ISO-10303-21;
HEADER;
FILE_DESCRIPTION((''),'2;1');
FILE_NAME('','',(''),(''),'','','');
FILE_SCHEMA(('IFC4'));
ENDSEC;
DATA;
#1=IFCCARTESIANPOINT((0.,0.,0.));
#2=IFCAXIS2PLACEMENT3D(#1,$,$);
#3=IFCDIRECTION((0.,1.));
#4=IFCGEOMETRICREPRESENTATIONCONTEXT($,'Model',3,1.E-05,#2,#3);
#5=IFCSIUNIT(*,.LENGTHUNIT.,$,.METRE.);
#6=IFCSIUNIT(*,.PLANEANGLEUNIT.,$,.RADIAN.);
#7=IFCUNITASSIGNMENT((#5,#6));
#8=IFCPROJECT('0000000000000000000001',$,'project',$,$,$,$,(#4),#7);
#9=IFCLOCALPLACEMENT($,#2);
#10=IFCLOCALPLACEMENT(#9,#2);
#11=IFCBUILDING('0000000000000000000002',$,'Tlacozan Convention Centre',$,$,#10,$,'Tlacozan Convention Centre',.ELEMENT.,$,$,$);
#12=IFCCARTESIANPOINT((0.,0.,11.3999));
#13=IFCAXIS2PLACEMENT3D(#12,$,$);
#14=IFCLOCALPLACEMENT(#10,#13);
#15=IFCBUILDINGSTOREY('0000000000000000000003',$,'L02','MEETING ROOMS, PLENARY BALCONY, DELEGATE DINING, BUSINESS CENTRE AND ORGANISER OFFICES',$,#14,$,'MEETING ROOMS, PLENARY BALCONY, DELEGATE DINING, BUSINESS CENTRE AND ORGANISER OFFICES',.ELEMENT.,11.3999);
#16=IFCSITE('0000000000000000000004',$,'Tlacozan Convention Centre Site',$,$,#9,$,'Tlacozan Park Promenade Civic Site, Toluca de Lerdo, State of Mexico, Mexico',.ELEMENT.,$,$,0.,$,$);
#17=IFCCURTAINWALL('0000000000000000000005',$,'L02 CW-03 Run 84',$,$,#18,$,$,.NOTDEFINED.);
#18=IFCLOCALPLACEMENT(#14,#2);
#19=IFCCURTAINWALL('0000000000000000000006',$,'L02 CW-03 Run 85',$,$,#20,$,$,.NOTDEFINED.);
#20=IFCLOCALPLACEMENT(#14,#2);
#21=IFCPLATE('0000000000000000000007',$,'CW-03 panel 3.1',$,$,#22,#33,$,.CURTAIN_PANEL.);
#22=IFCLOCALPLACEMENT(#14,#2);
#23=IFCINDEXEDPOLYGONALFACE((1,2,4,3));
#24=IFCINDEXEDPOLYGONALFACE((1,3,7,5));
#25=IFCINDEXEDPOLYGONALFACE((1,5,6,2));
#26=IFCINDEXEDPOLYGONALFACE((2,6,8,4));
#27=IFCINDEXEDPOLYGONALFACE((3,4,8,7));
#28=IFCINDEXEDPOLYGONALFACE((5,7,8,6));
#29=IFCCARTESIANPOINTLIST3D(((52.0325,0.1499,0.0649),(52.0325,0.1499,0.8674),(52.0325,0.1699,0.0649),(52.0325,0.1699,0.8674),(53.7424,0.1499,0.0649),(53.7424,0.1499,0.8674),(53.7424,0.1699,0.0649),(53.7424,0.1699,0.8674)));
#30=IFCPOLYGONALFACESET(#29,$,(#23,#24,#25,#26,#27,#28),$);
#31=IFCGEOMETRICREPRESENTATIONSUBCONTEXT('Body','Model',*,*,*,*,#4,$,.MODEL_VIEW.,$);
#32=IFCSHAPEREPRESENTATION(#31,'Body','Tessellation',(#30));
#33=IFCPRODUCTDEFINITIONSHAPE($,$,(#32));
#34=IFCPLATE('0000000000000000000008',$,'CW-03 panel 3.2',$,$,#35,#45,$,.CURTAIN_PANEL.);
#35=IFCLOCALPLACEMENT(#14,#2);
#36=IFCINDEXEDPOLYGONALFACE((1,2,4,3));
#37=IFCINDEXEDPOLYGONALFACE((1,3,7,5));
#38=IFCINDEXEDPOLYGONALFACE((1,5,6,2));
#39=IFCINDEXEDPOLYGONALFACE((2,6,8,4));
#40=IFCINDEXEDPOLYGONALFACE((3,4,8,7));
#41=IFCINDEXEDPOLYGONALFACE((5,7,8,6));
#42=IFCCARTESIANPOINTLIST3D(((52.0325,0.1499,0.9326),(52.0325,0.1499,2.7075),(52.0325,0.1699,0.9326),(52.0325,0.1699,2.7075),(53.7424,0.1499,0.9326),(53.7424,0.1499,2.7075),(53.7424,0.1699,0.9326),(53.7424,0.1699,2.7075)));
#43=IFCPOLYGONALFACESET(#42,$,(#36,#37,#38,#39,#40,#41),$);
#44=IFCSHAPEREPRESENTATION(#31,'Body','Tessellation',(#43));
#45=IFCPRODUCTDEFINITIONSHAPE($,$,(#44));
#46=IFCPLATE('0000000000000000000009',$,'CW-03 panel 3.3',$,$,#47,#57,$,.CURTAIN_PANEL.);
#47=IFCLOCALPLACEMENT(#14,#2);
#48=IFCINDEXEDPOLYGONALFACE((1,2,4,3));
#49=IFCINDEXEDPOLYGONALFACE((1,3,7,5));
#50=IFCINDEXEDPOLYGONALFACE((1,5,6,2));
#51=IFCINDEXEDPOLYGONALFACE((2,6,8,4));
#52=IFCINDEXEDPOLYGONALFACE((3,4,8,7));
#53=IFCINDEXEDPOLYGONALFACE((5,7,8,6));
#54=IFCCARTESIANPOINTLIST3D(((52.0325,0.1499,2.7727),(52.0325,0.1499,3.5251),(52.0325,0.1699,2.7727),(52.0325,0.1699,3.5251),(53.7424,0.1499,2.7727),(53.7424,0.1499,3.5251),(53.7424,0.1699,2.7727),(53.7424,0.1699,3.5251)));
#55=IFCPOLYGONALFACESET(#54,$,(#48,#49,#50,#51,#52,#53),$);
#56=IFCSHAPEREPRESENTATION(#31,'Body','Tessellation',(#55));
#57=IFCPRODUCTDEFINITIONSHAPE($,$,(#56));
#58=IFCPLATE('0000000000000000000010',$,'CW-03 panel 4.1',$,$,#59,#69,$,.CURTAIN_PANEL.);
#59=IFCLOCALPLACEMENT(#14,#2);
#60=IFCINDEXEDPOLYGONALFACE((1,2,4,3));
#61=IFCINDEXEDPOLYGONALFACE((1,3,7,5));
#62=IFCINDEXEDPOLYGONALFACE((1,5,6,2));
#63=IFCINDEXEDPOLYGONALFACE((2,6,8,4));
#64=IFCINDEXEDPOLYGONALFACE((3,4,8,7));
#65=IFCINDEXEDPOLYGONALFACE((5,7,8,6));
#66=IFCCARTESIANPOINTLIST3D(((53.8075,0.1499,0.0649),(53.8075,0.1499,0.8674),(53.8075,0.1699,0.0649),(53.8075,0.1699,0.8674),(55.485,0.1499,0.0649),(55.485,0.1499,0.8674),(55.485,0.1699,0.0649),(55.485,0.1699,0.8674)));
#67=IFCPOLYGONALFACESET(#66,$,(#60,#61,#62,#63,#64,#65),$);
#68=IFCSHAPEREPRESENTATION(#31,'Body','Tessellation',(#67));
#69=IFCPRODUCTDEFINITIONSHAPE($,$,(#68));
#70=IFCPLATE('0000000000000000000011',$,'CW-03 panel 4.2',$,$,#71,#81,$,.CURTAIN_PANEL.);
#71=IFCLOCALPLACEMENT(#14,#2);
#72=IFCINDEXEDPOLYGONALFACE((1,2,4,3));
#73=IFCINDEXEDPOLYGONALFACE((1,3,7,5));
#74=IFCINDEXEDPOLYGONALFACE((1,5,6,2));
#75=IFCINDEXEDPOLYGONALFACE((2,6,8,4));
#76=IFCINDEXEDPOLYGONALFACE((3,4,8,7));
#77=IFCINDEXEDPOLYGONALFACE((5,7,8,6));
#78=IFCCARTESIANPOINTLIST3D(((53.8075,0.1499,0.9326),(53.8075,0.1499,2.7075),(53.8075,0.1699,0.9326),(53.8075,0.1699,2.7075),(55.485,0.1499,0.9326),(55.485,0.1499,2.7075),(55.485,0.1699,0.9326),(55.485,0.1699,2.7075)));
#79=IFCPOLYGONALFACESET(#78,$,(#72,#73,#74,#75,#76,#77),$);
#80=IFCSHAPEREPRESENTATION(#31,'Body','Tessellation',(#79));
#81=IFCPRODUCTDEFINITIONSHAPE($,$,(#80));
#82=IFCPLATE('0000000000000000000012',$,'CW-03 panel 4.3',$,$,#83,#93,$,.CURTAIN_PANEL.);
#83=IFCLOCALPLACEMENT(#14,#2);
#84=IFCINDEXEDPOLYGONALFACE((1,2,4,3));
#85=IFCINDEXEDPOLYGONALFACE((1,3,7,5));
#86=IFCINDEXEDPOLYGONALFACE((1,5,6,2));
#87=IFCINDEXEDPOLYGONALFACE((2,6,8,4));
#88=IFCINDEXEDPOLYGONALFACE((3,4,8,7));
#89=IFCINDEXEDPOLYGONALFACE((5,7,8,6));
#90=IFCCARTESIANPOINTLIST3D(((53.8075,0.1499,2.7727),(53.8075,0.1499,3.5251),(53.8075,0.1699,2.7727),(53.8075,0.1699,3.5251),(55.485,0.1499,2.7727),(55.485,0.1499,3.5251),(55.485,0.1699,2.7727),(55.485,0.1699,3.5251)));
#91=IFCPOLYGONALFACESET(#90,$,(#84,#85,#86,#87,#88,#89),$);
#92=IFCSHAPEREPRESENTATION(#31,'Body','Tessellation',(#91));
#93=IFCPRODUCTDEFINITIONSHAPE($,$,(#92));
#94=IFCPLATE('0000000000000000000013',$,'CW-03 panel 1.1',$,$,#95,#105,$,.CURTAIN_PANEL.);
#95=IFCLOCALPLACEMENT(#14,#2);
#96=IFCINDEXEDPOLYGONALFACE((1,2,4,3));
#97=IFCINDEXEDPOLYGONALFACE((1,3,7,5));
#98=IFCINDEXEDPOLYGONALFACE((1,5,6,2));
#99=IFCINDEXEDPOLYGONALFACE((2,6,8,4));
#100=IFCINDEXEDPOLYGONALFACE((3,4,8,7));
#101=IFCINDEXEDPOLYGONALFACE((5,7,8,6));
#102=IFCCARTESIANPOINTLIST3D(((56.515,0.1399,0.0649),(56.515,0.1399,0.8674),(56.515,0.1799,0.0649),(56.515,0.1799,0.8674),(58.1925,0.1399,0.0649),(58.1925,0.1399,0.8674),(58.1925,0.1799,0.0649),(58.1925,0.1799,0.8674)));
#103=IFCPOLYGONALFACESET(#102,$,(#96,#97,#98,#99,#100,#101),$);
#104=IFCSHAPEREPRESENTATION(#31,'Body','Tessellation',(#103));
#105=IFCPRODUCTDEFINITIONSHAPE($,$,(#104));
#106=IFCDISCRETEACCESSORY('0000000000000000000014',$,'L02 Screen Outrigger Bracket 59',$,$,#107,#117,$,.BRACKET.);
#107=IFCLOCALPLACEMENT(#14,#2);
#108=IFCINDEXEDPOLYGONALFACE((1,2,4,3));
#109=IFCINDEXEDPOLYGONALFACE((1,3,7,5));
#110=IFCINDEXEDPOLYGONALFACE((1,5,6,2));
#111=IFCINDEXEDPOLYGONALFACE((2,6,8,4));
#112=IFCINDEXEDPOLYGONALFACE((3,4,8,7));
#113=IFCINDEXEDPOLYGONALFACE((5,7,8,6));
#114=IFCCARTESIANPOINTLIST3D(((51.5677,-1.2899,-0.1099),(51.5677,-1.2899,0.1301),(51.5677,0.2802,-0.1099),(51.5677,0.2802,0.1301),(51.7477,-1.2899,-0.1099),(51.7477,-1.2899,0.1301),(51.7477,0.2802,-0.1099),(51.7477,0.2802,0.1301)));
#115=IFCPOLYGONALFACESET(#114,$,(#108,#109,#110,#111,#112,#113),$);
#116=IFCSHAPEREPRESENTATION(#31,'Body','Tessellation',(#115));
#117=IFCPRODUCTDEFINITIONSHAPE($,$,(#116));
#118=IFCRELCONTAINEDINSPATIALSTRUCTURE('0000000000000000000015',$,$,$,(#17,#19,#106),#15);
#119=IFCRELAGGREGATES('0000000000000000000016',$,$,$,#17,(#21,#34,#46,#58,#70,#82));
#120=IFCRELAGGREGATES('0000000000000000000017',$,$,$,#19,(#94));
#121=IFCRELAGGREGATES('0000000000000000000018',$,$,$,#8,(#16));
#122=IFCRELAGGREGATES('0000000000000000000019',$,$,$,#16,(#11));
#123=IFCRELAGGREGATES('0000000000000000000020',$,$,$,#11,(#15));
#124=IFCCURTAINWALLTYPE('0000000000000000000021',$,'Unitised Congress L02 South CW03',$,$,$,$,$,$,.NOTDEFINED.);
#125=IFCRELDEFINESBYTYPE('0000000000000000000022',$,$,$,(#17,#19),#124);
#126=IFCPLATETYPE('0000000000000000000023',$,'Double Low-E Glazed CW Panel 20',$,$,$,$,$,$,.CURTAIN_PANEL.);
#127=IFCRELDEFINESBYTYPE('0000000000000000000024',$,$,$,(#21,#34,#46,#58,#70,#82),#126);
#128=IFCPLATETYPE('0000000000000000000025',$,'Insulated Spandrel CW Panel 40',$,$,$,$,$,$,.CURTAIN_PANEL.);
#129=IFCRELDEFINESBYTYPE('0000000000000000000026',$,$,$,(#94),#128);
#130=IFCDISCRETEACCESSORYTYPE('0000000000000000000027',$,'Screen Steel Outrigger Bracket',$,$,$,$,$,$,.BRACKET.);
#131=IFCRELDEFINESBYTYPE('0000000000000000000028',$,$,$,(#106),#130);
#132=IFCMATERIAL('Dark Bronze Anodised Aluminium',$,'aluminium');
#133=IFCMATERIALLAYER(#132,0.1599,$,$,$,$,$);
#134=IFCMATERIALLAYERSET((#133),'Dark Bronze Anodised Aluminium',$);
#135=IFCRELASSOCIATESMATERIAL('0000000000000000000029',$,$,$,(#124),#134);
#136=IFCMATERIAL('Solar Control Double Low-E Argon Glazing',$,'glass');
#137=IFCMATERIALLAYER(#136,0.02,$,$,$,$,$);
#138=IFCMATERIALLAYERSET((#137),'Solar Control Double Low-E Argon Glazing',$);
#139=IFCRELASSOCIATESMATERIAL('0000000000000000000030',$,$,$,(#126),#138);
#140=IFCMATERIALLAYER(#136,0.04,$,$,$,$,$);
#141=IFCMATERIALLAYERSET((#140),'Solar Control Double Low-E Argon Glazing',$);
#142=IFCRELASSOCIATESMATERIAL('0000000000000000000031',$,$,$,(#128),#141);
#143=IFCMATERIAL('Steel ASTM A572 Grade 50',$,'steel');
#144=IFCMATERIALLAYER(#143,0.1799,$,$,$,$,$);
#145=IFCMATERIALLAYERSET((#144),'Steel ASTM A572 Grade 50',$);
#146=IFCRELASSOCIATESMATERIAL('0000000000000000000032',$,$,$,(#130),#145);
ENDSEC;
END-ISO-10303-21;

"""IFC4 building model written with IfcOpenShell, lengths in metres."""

from ifc_helpers import new_model, si_unit, direction, frame, origin, origin_2d, place, context, subcontext, project, spatial, rectangle, extrude, material, layer, layer_set, type_object, element, aggregate, save


model = new_model("IFC4")

# Units and contexts
model_context = context("Model", 3, precision=1e-05, world=origin(), true_north=direction((0.0, 1.0)))
body_context = subcontext(model_context, "Body", "Model", "MODEL_VIEW")
ifc_project = project(units=[si_unit("LENGTHUNIT", "METRE"), si_unit("PLANEANGLEUNIT", "RADIAN")], contexts=[model_context])

# Site, building, storey
site_placement = place(None, origin())
site = spatial("IfcSite", under=ifc_project, at=site_placement, Name="Tlacozan Convention Centre Site", LongName="Tlacozan Park Promenade Civic Site, Toluca de Lerdo, State of Mexico, Mexico", CompositionType="ELEMENT", RefElevation=0.0)
building_placement = place(site_placement, origin())
building = spatial("IfcBuilding", under=site, at=building_placement, Name="Tlacozan Convention Centre", LongName="Tlacozan Convention Centre", CompositionType="ELEMENT")
storey_placement = place(building_placement, frame((0.0, 0.0, 11.3999)))
storey = spatial("IfcBuildingStorey", under=building, at=storey_placement, Name="L02", Description="MEETING ROOMS, PLENARY BALCONY, DELEGATE DINING, BUSINESS CENTRE AND ORGANISER OFFICES", LongName="MEETING ROOMS, PLENARY BALCONY, DELEGATE DINING, BUSINESS CENTRE AND ORGANISER OFFICES", CompositionType="ELEMENT", Elevation=11.3999)

# Curtain wall
ifc_material_1 = material(Name="Dark Bronze Anodised Aluminium", Category="aluminium")
ifc_layer_1 = layer(ifc_material_1, 0.1599)
ifc_layer_set_1 = layer_set([ifc_layer_1], Name="Dark Bronze Anodised Aluminium")
curtain_wall_type = type_object("IfcCurtainWallType", Name="Unitised Congress L02 South CW03", PredefinedType="NOTDEFINED", material=ifc_layer_set_1)
curtain_wall_1_placement = place(storey_placement, origin())
curtain_wall_1 = element("IfcCurtainWall", 1, at=curtain_wall_1_placement, inside=storey, type_object=curtain_wall_type, Name="L02 CW-03 Run 84", PredefinedType="NOTDEFINED")

# Curtain wall
curtain_wall_2_placement = place(storey_placement, origin())
curtain_wall_2 = element("IfcCurtainWall", 2, at=curtain_wall_2_placement, inside=storey, type_object=curtain_wall_type, Name="L02 CW-03 Run 85", PredefinedType="NOTDEFINED")

# Plates
ifc_material_2 = material(Name="Solar Control Double Low-E Argon Glazing", Category="glass")
ifc_layer_2 = layer(ifc_material_2, 0.02)
ifc_layer_set_2 = layer_set([ifc_layer_2], Name="Solar Control Double Low-E Argon Glazing")
plate_type_1 = type_object("IfcPlateType", Name="Double Low-E Glazed CW Panel 20", PredefinedType="CURTAIN_PANEL", material=ifc_layer_set_2)
plate_1_placement = place(storey_placement, frame((52.8875, 0.1599, 0.0649), z_axis=(0.0, 0.0, 1.0), x_axis=(1.0, 0.0, 0.0)))
plate_1 = element("IfcPlate", 3, at=plate_1_placement, type_object=plate_type_1, Name="CW-03 panel 3.1", PredefinedType="CURTAIN_PANEL", context=body_context, shape_type="SweptSolid", body=[
    extrude(rectangle(XDim=1.71, YDim=0.02, at=origin_2d()), origin(), (0.0, 0.0, 1.0), 0.8025),
])
plate_2_placement = place(storey_placement, frame((52.8875, 0.1599, 0.9326), z_axis=(0.0, 0.0, 1.0), x_axis=(1.0, 0.0, 0.0)))
plate_2 = element("IfcPlate", 4, at=plate_2_placement, type_object=plate_type_1, Name="CW-03 panel 3.2", PredefinedType="CURTAIN_PANEL", context=body_context, shape_type="SweptSolid", body=[
    extrude(rectangle(XDim=1.71, YDim=0.02, at=origin_2d()), origin(), (0.0, 0.0, 1.0), 1.7749),
])
plate_3_placement = place(storey_placement, frame((52.8875, 0.1599, 2.7727), z_axis=(0.0, 0.0, 1.0), x_axis=(1.0, 0.0, 0.0)))
plate_3 = element("IfcPlate", 5, at=plate_3_placement, type_object=plate_type_1, Name="CW-03 panel 3.3", PredefinedType="CURTAIN_PANEL", context=body_context, shape_type="SweptSolid", body=[
    extrude(rectangle(XDim=1.71, YDim=0.02, at=origin_2d()), origin(), (0.0, 0.0, 1.0), 0.7524),
])
plate_4_placement = place(storey_placement, frame((54.6462, 0.1599, 0.0649), z_axis=(0.0, 0.0, 1.0), x_axis=(1.0, 0.0, 0.0)))
plate_4 = element("IfcPlate", 6, at=plate_4_placement, type_object=plate_type_1, Name="CW-03 panel 4.1", PredefinedType="CURTAIN_PANEL", context=body_context, shape_type="SweptSolid", body=[
    extrude(rectangle(XDim=1.6775, YDim=0.02, at=origin_2d()), origin(), (0.0, 0.0, 1.0), 0.8025),
])
plate_5_placement = place(storey_placement, frame((54.6462, 0.1599, 0.9326), z_axis=(0.0, 0.0, 1.0), x_axis=(1.0, 0.0, 0.0)))
plate_5 = element("IfcPlate", 7, at=plate_5_placement, type_object=plate_type_1, Name="CW-03 panel 4.2", PredefinedType="CURTAIN_PANEL", context=body_context, shape_type="SweptSolid", body=[
    extrude(rectangle(XDim=1.6775, YDim=0.02, at=origin_2d()), origin(), (0.0, 0.0, 1.0), 1.7749),
])
plate_6_placement = place(storey_placement, frame((54.6462, 0.1599, 2.7727), z_axis=(0.0, 0.0, 1.0), x_axis=(1.0, 0.0, 0.0)))
plate_6 = element("IfcPlate", 8, at=plate_6_placement, type_object=plate_type_1, Name="CW-03 panel 4.3", PredefinedType="CURTAIN_PANEL", context=body_context, shape_type="SweptSolid", body=[
    extrude(rectangle(XDim=1.6775, YDim=0.02, at=origin_2d()), origin(), (0.0, 0.0, 1.0), 0.7524),
])
aggregate(curtain_wall_1, [plate_1, plate_2, plate_3, plate_4, plate_5, plate_6])
ifc_layer_3 = layer(ifc_material_2, 0.04)
ifc_layer_set_3 = layer_set([ifc_layer_3], Name="Solar Control Double Low-E Argon Glazing")
plate_type_2 = type_object("IfcPlateType", Name="Insulated Spandrel CW Panel 40", PredefinedType="CURTAIN_PANEL", material=ifc_layer_set_3)
plate_7_placement = place(storey_placement, frame((57.3538, 0.1599, 0.0649), z_axis=(0.0, 0.0, 1.0), x_axis=(1.0, 0.0, 0.0)))
plate_7 = element("IfcPlate", 9, at=plate_7_placement, type_object=plate_type_2, Name="CW-03 panel 1.1", PredefinedType="CURTAIN_PANEL", context=body_context, shape_type="SweptSolid", body=[
    extrude(rectangle(XDim=1.6775, YDim=0.04, at=origin_2d()), origin(), (0.0, 0.0, 1.0), 0.8025),
])
aggregate(curtain_wall_2, [plate_7])

# Discrete accessory
ifc_material_3 = material(Name="Steel ASTM A572 Grade 50", Category="steel")
ifc_layer_4 = layer(ifc_material_3, 0.1799)
ifc_layer_set_4 = layer_set([ifc_layer_4], Name="Steel ASTM A572 Grade 50")
discrete_accessory_type = type_object("IfcDiscreteAccessoryType", Name="Screen Steel Outrigger Bracket", PredefinedType="BRACKET", material=ifc_layer_set_4)
discrete_accessory_placement = place(storey_placement, frame((51.6577, -0.5049, -0.1099), z_axis=(0.0, 0.0, 1.0), x_axis=(0.0, 1.0, 0.0)))
element("IfcDiscreteAccessory", 10, at=discrete_accessory_placement, inside=storey, type_object=discrete_accessory_type, Name="L02 Screen Outrigger Bracket 59", PredefinedType="BRACKET", context=body_context, shape_type="SweptSolid", body=[
    extrude(rectangle(XDim=1.5701, YDim=0.1799, at=origin_2d()), origin(), (0.0, 0.0, 1.0), 0.24),
])

save(model, "model.ifc")
